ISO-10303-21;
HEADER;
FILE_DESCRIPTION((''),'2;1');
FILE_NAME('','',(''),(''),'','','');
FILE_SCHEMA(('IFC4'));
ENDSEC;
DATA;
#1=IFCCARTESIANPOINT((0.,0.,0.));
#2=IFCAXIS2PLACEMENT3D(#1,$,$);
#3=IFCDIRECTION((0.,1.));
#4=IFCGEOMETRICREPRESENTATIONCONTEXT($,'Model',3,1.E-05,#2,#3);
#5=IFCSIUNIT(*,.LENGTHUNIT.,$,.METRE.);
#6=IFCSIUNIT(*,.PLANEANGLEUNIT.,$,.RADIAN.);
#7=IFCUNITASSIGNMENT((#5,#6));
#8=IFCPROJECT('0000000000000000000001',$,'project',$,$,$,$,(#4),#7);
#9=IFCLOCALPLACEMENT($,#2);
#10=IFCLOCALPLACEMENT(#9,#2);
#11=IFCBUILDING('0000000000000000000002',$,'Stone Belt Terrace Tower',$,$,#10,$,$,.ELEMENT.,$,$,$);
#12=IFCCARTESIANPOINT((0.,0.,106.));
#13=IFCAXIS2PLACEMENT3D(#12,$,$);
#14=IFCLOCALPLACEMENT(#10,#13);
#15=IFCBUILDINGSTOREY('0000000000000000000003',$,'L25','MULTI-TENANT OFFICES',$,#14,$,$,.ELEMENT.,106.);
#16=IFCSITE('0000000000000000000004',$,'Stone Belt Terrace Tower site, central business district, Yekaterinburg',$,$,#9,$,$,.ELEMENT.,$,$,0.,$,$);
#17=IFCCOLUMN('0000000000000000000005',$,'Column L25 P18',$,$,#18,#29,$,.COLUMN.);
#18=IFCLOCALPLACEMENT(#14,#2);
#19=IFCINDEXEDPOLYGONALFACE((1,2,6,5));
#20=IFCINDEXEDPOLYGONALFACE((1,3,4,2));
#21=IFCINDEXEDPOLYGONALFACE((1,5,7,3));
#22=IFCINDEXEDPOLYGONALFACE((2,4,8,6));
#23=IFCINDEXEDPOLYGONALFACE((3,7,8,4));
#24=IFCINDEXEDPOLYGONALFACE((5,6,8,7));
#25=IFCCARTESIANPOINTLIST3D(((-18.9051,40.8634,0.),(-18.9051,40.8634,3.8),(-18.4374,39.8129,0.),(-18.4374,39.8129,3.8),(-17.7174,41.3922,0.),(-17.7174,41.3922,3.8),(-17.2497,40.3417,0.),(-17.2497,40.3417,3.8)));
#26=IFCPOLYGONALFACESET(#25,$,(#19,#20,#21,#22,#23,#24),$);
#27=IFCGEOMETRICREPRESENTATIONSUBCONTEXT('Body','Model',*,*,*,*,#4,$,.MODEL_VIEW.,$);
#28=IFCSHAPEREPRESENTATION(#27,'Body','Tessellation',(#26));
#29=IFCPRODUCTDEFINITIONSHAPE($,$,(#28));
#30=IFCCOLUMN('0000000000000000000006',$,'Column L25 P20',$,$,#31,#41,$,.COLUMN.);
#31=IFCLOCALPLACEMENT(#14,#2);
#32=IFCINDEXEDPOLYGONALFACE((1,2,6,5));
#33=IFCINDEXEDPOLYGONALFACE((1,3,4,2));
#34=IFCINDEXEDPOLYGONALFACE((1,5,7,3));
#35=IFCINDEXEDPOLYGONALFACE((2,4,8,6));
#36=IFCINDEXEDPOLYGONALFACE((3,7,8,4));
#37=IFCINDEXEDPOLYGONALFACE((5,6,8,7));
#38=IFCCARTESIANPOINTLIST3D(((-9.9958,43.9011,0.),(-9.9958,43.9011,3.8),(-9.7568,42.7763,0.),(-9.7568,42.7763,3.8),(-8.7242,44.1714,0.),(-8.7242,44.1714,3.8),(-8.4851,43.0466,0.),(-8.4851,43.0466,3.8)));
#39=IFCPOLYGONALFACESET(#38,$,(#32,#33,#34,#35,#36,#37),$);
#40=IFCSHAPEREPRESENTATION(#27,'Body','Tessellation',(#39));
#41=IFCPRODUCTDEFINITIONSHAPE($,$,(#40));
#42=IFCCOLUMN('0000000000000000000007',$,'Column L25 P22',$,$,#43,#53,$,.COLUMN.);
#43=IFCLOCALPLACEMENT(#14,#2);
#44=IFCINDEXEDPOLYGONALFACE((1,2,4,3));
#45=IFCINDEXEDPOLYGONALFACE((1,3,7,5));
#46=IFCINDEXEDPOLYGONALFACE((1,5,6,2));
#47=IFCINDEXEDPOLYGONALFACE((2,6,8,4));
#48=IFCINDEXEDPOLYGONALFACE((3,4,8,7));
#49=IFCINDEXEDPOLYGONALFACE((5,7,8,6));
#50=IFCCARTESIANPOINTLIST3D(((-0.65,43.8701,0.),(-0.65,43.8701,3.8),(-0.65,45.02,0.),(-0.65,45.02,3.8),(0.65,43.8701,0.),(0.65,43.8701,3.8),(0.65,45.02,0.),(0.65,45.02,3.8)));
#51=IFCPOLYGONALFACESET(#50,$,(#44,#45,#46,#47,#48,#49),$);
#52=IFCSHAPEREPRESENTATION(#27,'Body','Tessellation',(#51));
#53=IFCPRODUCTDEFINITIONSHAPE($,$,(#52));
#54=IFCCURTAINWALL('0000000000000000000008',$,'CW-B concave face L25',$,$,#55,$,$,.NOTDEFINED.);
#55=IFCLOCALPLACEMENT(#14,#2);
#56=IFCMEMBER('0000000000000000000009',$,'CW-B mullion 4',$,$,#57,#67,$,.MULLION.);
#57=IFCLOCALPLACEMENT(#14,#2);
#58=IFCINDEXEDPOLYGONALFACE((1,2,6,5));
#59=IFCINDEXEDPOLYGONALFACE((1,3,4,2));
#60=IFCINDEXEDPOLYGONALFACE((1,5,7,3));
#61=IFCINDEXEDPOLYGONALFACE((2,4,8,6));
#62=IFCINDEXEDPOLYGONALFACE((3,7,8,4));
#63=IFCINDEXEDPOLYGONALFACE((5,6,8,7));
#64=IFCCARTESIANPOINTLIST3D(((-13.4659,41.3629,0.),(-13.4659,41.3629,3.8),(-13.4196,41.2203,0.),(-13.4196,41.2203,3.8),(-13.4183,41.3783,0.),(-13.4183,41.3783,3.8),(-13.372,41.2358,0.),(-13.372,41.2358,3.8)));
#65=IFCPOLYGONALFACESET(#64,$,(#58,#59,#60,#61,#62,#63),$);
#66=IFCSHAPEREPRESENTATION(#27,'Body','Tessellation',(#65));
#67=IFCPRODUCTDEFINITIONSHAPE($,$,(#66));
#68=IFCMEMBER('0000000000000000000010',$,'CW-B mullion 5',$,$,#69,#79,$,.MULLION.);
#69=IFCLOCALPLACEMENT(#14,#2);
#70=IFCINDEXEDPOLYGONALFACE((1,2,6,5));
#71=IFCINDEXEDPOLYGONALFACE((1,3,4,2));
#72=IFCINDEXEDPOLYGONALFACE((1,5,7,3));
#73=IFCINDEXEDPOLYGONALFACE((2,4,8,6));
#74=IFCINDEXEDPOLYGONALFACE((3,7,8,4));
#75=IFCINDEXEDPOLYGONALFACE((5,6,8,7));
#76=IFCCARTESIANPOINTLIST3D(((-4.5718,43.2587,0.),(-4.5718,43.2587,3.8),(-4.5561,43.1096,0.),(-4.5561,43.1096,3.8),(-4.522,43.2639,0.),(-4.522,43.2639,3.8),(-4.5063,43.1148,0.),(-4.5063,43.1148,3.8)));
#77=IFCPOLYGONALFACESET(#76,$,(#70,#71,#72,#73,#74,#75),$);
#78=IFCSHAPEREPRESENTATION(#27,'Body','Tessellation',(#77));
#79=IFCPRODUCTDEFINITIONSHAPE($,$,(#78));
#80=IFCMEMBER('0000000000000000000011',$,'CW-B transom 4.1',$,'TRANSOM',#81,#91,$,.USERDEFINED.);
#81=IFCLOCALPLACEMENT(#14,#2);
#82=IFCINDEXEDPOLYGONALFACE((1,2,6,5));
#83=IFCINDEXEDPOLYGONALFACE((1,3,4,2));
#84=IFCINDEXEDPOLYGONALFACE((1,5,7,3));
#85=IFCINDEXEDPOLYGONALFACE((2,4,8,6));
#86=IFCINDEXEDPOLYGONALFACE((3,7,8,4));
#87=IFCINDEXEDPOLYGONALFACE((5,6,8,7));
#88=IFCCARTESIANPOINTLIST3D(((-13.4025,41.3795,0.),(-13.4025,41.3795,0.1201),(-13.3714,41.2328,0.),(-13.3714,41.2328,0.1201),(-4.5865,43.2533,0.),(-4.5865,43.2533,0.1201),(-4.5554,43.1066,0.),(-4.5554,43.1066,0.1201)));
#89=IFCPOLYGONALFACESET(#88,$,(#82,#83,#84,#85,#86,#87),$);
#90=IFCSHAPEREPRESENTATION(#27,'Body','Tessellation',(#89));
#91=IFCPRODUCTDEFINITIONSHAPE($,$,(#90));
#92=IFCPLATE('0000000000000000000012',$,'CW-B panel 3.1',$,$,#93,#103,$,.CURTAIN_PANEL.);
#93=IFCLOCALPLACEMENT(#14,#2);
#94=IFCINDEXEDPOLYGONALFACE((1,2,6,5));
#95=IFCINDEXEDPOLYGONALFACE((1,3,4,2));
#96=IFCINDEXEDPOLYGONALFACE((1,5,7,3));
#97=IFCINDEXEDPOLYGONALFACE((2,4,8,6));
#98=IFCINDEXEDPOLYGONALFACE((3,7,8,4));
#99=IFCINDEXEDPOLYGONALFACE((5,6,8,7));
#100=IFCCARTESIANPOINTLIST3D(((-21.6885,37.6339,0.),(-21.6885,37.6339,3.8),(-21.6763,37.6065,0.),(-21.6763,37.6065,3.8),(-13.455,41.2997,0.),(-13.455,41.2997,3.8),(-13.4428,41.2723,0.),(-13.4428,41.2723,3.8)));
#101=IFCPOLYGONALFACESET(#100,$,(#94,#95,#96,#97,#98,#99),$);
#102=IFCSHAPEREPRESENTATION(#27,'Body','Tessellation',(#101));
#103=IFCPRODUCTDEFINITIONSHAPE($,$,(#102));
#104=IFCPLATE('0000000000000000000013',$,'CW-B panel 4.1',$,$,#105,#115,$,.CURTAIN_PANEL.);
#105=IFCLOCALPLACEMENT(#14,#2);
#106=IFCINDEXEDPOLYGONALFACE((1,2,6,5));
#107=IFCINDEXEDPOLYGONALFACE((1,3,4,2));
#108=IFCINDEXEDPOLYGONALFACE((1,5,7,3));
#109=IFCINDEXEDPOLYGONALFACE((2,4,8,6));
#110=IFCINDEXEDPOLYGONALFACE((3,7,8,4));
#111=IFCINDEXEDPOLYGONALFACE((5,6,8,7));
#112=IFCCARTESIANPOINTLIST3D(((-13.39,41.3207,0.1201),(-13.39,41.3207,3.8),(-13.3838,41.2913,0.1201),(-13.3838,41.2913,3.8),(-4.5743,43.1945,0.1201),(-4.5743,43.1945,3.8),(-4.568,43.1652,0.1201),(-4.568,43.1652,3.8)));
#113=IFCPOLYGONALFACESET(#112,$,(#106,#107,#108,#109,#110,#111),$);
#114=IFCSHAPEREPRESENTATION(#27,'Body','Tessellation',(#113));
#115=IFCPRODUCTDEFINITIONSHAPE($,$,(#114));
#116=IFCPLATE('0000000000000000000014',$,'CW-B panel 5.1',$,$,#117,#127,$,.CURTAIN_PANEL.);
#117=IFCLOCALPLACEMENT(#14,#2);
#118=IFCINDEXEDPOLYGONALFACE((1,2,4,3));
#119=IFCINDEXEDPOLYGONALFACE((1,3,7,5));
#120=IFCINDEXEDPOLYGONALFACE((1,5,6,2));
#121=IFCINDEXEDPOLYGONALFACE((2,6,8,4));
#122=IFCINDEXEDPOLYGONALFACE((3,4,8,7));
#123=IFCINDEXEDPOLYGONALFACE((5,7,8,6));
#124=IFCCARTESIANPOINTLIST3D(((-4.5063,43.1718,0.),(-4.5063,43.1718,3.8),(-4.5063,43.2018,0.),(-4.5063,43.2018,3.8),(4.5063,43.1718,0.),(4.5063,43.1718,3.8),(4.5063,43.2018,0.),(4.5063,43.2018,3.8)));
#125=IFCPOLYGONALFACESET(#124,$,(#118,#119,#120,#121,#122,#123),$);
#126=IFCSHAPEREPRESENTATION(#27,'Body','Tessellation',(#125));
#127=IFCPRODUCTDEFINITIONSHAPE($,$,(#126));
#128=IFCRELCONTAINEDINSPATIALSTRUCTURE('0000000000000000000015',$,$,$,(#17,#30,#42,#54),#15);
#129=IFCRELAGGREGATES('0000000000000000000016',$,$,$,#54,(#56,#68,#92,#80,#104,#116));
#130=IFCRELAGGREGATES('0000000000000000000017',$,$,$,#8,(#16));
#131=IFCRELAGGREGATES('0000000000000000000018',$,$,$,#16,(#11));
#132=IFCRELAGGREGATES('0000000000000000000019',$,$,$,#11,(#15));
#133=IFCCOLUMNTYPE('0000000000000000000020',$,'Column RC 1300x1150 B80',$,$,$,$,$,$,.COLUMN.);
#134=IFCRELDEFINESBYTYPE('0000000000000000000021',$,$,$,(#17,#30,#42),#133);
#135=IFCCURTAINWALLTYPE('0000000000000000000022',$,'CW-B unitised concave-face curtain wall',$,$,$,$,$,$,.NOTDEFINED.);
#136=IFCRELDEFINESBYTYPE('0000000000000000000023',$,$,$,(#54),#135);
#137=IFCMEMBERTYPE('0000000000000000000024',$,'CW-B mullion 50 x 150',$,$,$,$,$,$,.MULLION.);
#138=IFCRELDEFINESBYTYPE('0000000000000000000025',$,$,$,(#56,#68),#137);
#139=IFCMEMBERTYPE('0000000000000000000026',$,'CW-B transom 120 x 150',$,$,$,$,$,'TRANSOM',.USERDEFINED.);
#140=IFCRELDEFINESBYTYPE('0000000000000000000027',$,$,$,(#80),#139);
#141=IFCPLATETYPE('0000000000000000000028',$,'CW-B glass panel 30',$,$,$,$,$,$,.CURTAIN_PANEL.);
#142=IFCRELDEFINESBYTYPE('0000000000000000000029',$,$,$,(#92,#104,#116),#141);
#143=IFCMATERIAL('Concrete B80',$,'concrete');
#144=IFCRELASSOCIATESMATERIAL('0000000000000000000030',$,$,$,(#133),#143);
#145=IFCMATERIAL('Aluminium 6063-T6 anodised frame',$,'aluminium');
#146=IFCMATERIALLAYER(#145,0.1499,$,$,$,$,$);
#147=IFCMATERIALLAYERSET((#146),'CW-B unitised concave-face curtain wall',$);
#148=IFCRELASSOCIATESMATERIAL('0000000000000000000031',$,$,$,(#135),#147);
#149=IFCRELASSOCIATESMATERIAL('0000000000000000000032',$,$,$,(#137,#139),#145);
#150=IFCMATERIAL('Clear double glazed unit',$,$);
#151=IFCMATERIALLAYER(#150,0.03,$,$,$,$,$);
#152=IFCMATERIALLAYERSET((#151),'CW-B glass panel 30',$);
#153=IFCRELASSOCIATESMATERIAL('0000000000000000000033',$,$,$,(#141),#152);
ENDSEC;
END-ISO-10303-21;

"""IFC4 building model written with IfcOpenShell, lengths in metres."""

from ifc_helpers import new_model, si_unit, direction, frame, origin, origin_2d, place, context, subcontext, project, spatial, rectangle, extrude, material, layer, layer_set, material_profile, profile_set, type_object, element, aggregate, save


model = new_model("IFC4")

# Units and contexts
model_context = context("Model", 3, precision=1e-05, world=origin(), true_north=direction((0.0, 1.0)))
body_context = subcontext(model_context, "Body", "Model", "MODEL_VIEW")
ifc_project = project(units=[si_unit("LENGTHUNIT", "METRE"), si_unit("PLANEANGLEUNIT", "RADIAN")], contexts=[model_context])

# Site, building, storey
site_placement = place(None, origin())
site = spatial("IfcSite", under=ifc_project, at=site_placement, Name="Stone Belt Terrace Tower site, central business district, Yekaterinburg", CompositionType="ELEMENT", RefElevation=0.0)
building_placement = place(site_placement, origin())
building = spatial("IfcBuilding", under=site, at=building_placement, Name="Stone Belt Terrace Tower", CompositionType="ELEMENT")
storey_placement = place(building_placement, frame((0.0, 0.0, 106.0)))
storey = spatial("IfcBuildingStorey", under=building, at=storey_placement, Name="L25", Description="MULTI-TENANT OFFICES", CompositionType="ELEMENT", Elevation=106.0)

# Columns
ifc_material_1 = material(Name="Concrete B80", Category="concrete")
ifc_material_profile_1 = material_profile(ifc_material_1, rectangle(XDim=1.3, YDim=1.1499, at=origin_2d()), Name="RC 1300x1150")
ifc_profile_set_1 = profile_set([ifc_material_profile_1], Name="Concrete B80")
column_type = type_object("IfcColumnType", Name="Column RC 1300x1150 B80", PredefinedType="COLUMN", material=ifc_profile_set_1)
for number, where, z_axis, x_axis, name in (
    (1, (-18.0774, 40.6025, 0.0), (0.0, 0.0, 1.0), (0.913545, 0.406737, 0.0), "Column L25 P18"),
    (2, (-9.2405, 43.4739, 0.0), (0.0, 0.0, 1.0), (0.978148, 0.207912, 0.0), "Column L25 P20"),
    (3, (0.0, 44.4451, 0.0), (0.0, 0.0, 1.0), (1.0, 0.0, 0.0), "Column L25 P22"),
):
    element("IfcColumn", number, at=place(storey_placement, frame(where, z_axis=z_axis, x_axis=x_axis)), inside=storey, type_object=column_type, Name=name, PredefinedType="COLUMN", context=body_context, shape_type="SweptSolid", body=[
        extrude(rectangle(XDim=1.3, YDim=1.1499, at=origin_2d()), origin(), (0.0, 0.0, 1.0), 3.8),
    ])

# Curtain wall, members, plates
ifc_material_2 = material(Name="Aluminium 6063-T6 anodised frame", Category="aluminium")
ifc_layer_1 = layer(ifc_material_2, 0.1499)
ifc_layer_set_1 = layer_set([ifc_layer_1], Name="CW-B unitised concave-face curtain wall")
curtain_wall_type = type_object("IfcCurtainWallType", Name="CW-B unitised concave-face curtain wall", PredefinedType="NOTDEFINED", material=ifc_layer_set_1)
curtain_wall_placement = place(storey_placement, origin())
curtain_wall = element("IfcCurtainWall", 4, at=curtain_wall_placement, inside=storey, type_object=curtain_wall_type, Name="CW-B concave face L25", PredefinedType="NOTDEFINED")
ifc_material_profile_2 = material_profile(ifc_material_2, rectangle(XDim=0.1499, YDim=0.05, at=origin_2d()), Name="Aluminium 6063-T6 50x150")
ifc_profile_set_2 = profile_set([ifc_material_profile_2], Name="Aluminium 6063-T6 anodised frame")
member_type_1 = type_object("IfcMemberType", Name="CW-B mullion 50 x 150", PredefinedType="MULLION", material=ifc_profile_set_2)
member_1_placement = place(storey_placement, frame((-13.4189, 41.2993, 0.0), z_axis=(0.0, 0.0, 1.0), x_axis=(-0.309017, 0.951057, 0.0)))
member_1 = element("IfcMember", 5, at=member_1_placement, type_object=member_type_1, Name="CW-B mullion 4", PredefinedType="MULLION", context=body_context, shape_type="SweptSolid", body=[
    extrude(rectangle(XDim=0.1499, YDim=0.05, at=origin_2d()), origin(), (0.0, 0.0, 1.0), 3.8),
])
member_2_placement = place(storey_placement, frame((-4.5391, 43.1868, 0.0), z_axis=(0.0, 0.0, 1.0), x_axis=(-0.104528, 0.994522, 0.0)))
member_2 = element("IfcMember", 6, at=member_2_placement, type_object=member_type_1, Name="CW-B mullion 5", PredefinedType="MULLION", context=body_context, shape_type="SweptSolid", body=[
    extrude(rectangle(XDim=0.1499, YDim=0.05, at=origin_2d()), origin(), (0.0, 0.0, 1.0), 3.8),
])
ifc_material_profile_3 = material_profile(ifc_material_2, rectangle(XDim=0.1499, YDim=0.1201, at=origin_2d()), Name="Aluminium 6063-T6 150x120")
ifc_profile_set_3 = profile_set([ifc_material_profile_3], Name="Aluminium 6063-T6 anodised frame")
member_type_2 = type_object("IfcMemberType", Name="CW-B transom 120 x 150", ElementType="TRANSOM", PredefinedType="USERDEFINED", material=ifc_profile_set_3)
member_3_placement = place(storey_placement, frame((-13.387, 41.3062, 0.0601), z_axis=(0.97815, 0.207901, 0.0), x_axis=(-0.207901, 0.97815, 0.0)))
member_3 = element("IfcMember", 7, at=member_3_placement, type_object=member_type_2, Name="CW-B transom 4.1", ObjectType="TRANSOM", PredefinedType="USERDEFINED", context=body_context, shape_type="SweptSolid", body=[
    extrude(rectangle(XDim=0.1499, YDim=0.1201, at=origin_2d()), origin(), (0.0, 0.0, 1.0), 9.0129),
])
ifc_material_3 = material(Name="Clear double glazed unit")
ifc_layer_2 = layer(ifc_material_3, 0.03)
ifc_layer_set_2 = layer_set([ifc_layer_2], Name="CW-B glass panel 30")
plate_type = type_object("IfcPlateType", Name="CW-B glass panel 30", PredefinedType="CURTAIN_PANEL", material=ifc_layer_set_2)
plate_1_placement = place(storey_placement, frame((-17.5657, 39.4531, 0.0), z_axis=(0.0, 0.0, 1.0), x_axis=(0.913545, 0.406737, 0.0)))
plate_1 = element("IfcPlate", 8, at=plate_1_placement, type_object=plate_type, Name="CW-B panel 3.1", PredefinedType="CURTAIN_PANEL", context=body_context, shape_type="SweptSolid", body=[
    extrude(rectangle(XDim=9.0127, YDim=0.03, at=origin_2d()), origin(), (0.0, 0.0, 1.0), 3.8),
])
plate_2_placement = place(storey_placement, frame((-8.979, 42.2429, 0.1201), z_axis=(0.0, 0.0, 1.0), x_axis=(0.978148, 0.207912, 0.0)))
plate_2 = element("IfcPlate", 9, at=plate_2_placement, type_object=plate_type, Name="CW-B panel 4.1", PredefinedType="CURTAIN_PANEL", context=body_context, shape_type="SweptSolid", body=[
    extrude(rectangle(XDim=9.0127, YDim=0.03, at=origin_2d()), origin(), (0.0, 0.0, 1.0), 3.6799),
])
plate_3_placement = place(storey_placement, frame((0.0, 43.1868, 0.0), z_axis=(0.0, 0.0, 1.0), x_axis=(1.0, 0.0, 0.0)))
plate_3 = element("IfcPlate", 10, at=plate_3_placement, type_object=plate_type, Name="CW-B panel 5.1", PredefinedType="CURTAIN_PANEL", context=body_context, shape_type="SweptSolid", body=[
    extrude(rectangle(XDim=9.0127, YDim=0.03, at=origin_2d()), origin(), (0.0, 0.0, 1.0), 3.8),
])
aggregate(curtain_wall, [member_1, member_2, plate_1, member_3, plate_2, plate_3])

save(model, "model.ifc")
